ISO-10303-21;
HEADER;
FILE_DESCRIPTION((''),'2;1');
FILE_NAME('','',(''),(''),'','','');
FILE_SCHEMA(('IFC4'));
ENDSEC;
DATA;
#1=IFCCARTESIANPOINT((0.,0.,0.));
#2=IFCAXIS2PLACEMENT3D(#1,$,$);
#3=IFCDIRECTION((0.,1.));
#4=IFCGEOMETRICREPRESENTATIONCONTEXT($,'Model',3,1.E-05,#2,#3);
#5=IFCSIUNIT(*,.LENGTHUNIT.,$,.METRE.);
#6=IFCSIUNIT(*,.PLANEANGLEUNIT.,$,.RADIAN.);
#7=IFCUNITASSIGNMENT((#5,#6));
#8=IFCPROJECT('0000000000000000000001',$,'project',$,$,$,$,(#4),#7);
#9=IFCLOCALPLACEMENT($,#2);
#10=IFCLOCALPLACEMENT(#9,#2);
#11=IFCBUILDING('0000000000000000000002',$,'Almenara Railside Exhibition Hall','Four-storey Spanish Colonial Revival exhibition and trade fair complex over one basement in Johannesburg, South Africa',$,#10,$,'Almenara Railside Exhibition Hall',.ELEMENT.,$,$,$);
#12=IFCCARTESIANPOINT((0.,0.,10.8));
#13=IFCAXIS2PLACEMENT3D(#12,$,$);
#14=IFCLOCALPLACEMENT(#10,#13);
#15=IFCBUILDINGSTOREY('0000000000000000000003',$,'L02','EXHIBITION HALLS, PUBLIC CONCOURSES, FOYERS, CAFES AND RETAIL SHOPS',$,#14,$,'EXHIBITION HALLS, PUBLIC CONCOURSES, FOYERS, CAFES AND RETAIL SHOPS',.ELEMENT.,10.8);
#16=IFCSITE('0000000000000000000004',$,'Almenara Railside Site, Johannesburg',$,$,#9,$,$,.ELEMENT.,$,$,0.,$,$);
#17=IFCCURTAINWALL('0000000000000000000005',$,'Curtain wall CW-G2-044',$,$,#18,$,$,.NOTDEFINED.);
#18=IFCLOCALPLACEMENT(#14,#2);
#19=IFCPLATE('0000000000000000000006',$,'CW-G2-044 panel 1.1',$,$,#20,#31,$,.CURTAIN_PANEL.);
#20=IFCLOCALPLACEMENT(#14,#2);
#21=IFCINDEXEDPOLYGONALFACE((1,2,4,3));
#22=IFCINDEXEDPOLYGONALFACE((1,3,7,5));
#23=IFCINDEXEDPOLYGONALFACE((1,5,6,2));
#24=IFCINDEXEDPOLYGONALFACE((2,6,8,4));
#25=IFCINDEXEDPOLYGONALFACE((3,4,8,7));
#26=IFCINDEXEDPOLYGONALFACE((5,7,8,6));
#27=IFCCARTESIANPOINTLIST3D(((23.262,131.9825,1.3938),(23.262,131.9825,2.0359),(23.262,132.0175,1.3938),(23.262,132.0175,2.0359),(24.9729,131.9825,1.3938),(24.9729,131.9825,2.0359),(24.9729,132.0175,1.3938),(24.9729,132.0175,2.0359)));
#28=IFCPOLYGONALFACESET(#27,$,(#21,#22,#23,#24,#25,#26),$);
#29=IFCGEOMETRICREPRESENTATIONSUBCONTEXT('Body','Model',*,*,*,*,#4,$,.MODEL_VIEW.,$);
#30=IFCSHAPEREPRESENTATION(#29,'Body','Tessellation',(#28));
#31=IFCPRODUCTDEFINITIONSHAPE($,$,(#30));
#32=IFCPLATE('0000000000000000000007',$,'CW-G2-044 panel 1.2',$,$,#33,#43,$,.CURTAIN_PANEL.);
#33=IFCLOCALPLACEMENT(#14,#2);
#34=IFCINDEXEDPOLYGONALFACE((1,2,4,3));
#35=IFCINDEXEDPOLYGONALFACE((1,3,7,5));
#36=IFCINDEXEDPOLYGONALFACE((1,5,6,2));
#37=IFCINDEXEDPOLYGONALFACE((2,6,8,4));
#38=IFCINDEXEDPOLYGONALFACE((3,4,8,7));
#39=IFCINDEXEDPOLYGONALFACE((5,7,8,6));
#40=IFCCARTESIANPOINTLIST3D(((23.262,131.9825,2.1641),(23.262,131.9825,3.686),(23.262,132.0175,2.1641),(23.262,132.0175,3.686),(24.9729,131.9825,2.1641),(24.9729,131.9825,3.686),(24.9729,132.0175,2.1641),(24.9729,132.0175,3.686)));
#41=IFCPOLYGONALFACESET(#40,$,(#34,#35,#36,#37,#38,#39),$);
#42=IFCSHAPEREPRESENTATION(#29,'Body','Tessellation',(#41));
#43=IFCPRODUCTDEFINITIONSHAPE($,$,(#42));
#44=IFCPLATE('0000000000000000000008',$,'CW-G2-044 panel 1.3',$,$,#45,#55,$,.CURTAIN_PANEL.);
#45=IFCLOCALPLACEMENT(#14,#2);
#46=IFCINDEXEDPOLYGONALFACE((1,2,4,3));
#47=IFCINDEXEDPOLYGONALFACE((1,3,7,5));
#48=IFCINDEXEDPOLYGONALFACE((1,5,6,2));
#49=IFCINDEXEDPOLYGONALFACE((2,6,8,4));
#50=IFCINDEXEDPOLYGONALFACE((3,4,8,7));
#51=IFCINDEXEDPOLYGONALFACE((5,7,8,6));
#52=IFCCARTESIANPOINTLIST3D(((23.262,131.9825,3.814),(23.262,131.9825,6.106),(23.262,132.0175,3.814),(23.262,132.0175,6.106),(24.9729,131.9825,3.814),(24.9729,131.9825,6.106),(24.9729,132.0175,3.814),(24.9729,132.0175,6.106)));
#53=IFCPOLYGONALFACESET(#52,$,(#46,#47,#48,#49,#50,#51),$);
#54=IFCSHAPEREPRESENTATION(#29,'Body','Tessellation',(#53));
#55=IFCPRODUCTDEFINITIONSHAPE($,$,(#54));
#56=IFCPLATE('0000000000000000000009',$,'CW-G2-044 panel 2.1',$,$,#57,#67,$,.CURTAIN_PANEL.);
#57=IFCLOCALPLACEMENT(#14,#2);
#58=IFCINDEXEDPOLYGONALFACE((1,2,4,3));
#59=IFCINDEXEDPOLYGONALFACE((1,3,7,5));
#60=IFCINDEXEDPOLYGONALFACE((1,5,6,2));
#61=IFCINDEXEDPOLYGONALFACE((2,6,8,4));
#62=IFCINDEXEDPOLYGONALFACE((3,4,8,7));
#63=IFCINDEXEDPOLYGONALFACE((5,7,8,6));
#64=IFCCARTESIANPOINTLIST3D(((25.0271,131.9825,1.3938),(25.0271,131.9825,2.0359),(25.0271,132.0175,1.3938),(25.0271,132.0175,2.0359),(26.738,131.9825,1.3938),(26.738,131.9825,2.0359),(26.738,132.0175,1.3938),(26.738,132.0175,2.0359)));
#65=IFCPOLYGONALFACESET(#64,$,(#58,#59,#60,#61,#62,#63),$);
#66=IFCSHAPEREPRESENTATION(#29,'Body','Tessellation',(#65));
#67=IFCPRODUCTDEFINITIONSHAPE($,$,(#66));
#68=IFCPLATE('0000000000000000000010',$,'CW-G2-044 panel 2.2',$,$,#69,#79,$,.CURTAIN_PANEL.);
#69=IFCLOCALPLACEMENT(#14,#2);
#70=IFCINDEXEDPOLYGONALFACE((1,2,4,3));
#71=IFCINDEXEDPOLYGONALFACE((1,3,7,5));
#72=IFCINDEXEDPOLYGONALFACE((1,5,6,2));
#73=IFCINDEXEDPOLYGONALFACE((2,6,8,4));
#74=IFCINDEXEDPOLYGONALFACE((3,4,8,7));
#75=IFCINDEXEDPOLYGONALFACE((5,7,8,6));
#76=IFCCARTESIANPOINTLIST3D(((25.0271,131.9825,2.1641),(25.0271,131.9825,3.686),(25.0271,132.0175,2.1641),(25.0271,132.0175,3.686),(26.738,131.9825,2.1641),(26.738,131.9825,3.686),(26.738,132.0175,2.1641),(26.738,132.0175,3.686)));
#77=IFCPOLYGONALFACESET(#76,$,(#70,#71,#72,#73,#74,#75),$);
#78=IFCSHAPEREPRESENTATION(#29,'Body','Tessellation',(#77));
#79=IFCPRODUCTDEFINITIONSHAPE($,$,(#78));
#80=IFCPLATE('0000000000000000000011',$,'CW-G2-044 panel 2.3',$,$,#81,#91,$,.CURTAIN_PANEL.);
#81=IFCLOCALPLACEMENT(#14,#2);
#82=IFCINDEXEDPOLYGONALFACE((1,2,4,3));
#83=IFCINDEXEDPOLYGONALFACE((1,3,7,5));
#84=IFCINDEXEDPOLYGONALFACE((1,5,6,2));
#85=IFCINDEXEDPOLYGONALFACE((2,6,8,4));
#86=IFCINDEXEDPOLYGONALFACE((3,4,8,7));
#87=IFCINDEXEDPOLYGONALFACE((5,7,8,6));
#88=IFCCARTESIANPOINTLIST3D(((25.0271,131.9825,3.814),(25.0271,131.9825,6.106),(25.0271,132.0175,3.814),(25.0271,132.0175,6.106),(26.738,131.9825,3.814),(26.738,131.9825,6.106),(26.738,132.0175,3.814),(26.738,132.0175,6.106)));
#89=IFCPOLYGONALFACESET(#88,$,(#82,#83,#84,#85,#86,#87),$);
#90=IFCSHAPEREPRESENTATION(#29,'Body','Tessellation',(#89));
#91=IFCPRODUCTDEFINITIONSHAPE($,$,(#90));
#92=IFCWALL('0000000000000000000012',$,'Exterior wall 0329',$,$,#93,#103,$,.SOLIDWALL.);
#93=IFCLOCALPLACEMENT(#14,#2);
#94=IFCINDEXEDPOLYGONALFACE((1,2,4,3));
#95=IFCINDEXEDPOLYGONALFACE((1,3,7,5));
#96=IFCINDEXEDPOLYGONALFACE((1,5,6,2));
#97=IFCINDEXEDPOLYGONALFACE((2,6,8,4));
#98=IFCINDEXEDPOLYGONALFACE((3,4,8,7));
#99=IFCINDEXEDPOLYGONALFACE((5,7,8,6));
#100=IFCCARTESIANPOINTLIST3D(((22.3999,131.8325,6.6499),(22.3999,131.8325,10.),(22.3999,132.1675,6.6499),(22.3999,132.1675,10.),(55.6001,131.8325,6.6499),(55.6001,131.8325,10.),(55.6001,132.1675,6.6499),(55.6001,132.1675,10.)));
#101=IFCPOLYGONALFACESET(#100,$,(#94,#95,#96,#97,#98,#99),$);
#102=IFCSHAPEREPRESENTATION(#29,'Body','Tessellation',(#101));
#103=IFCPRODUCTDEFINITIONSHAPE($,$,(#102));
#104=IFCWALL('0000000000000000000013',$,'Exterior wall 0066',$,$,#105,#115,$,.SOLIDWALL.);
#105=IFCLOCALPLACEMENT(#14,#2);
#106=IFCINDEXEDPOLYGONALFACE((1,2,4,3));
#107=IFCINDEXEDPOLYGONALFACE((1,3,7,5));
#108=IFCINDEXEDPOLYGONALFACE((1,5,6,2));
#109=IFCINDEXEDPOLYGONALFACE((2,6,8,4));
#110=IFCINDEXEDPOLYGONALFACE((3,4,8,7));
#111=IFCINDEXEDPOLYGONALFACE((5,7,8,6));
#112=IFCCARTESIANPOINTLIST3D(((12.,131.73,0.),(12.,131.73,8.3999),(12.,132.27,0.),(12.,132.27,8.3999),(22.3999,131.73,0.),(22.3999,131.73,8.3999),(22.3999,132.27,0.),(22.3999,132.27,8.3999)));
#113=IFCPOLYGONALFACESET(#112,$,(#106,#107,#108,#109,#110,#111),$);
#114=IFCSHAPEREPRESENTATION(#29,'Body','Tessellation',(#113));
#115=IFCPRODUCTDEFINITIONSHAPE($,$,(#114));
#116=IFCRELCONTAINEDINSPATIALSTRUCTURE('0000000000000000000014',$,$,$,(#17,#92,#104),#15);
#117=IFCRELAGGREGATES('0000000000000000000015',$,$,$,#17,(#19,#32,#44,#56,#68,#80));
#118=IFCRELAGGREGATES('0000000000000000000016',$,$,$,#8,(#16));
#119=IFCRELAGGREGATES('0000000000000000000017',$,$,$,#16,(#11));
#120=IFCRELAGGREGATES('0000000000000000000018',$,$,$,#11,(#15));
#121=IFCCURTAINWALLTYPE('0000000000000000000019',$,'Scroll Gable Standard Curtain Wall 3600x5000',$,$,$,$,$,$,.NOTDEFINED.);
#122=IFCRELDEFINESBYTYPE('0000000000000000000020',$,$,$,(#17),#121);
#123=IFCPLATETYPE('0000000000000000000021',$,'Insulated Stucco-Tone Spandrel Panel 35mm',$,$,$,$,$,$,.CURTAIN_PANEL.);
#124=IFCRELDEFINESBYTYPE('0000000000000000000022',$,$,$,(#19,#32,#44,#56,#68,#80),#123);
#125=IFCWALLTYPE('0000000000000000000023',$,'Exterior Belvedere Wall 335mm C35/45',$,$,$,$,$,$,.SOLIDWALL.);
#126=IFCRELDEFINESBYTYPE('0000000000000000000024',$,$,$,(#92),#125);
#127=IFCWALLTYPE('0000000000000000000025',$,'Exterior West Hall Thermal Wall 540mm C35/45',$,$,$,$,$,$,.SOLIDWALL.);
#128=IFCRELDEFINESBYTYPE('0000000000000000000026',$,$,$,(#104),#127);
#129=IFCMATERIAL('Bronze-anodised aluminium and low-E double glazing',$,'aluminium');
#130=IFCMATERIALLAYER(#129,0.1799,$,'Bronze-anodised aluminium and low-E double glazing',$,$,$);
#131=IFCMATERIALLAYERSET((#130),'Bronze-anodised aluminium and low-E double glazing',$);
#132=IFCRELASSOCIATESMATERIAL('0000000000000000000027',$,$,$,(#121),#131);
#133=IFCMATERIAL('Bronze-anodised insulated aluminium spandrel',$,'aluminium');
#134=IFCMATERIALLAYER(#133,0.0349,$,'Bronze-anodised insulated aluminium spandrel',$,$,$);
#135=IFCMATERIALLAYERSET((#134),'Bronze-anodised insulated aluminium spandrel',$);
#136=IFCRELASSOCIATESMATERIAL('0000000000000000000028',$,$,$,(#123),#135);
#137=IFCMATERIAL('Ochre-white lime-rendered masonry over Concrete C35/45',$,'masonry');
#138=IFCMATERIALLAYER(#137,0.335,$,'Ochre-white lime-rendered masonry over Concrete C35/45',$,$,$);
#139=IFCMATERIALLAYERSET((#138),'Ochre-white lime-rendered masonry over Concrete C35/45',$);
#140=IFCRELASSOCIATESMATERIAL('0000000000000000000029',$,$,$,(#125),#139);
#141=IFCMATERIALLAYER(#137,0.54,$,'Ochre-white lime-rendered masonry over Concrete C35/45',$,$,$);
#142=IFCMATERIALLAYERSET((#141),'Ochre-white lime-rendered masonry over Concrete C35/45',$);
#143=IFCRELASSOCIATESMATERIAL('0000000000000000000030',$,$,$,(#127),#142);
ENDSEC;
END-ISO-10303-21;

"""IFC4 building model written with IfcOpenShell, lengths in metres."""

from ifc_helpers import new_model, si_unit, direction, frame, frame_2d, origin, origin_2d, place, context, subcontext, project, spatial, rectangle, extrude, material, layer, layer_set, type_object, element, aggregate, save


model = new_model("IFC4")

# Units and contexts
model_context = context("Model", 3, precision=1e-05, world=origin(), true_north=direction((0.0, 1.0)))
body_context = subcontext(model_context, "Body", "Model", "MODEL_VIEW")
ifc_project = project(units=[si_unit("LENGTHUNIT", "METRE"), si_unit("PLANEANGLEUNIT", "RADIAN")], contexts=[model_context])

# Site, building, storey
site_placement = place(None, origin())
site = spatial("IfcSite", under=ifc_project, at=site_placement, Name="Almenara Railside Site, Johannesburg", CompositionType="ELEMENT", RefElevation=0.0)
building_placement = place(site_placement, origin())
building = spatial("IfcBuilding", under=site, at=building_placement, Name="Almenara Railside Exhibition Hall", Description="Four-storey Spanish Colonial Revival exhibition and trade fair complex over one basement in Johannesburg, South Africa", LongName="Almenara Railside Exhibition Hall", CompositionType="ELEMENT")
storey_placement = place(building_placement, frame((0.0, 0.0, 10.8)))
storey = spatial("IfcBuildingStorey", under=building, at=storey_placement, Name="L02", Description="EXHIBITION HALLS, PUBLIC CONCOURSES, FOYERS, CAFES AND RETAIL SHOPS", LongName="EXHIBITION HALLS, PUBLIC CONCOURSES, FOYERS, CAFES AND RETAIL SHOPS", CompositionType="ELEMENT", Elevation=10.8)

# Curtain wall
ifc_material_1 = material(Name="Bronze-anodised aluminium and low-E double glazing", Category="aluminium")
ifc_layer_1 = layer(ifc_material_1, 0.1799, Name="Bronze-anodised aluminium and low-E double glazing")
ifc_layer_set_1 = layer_set([ifc_layer_1], Name="Bronze-anodised aluminium and low-E double glazing")
curtain_wall_type = type_object("IfcCurtainWallType", Name="Scroll Gable Standard Curtain Wall 3600x5000", PredefinedType="NOTDEFINED", material=ifc_layer_set_1)
curtain_wall_placement = place(storey_placement, origin())
curtain_wall = element("IfcCurtainWall", 1, at=curtain_wall_placement, inside=storey, type_object=curtain_wall_type, Name="Curtain wall CW-G2-044", PredefinedType="NOTDEFINED")

# Plates
ifc_material_2 = material(Name="Bronze-anodised insulated aluminium spandrel", Category="aluminium")
ifc_layer_2 = layer(ifc_material_2, 0.0349, Name="Bronze-anodised insulated aluminium spandrel")
ifc_layer_set_2 = layer_set([ifc_layer_2], Name="Bronze-anodised insulated aluminium spandrel")
plate_type = type_object("IfcPlateType", Name="Insulated Stucco-Tone Spandrel Panel 35mm", PredefinedType="CURTAIN_PANEL", material=ifc_layer_set_2)
plate_1_placement = place(storey_placement, frame((24.1174, 132.0, 1.3938), z_axis=(0.0, 0.0, 1.0), x_axis=(1.0, 0.0, 0.0)))
plate_1 = element("IfcPlate", 2, at=plate_1_placement, type_object=plate_type, Name="CW-G2-044 panel 1.1", PredefinedType="CURTAIN_PANEL", context=body_context, shape_type="SweptSolid", body=[
    extrude(rectangle(XDim=1.7109, YDim=0.0349, at=origin_2d()), origin(), (0.0, 0.0, 1.0), 0.6421),
])
plate_2_placement = place(storey_placement, frame((24.1174, 132.0, 2.1641), z_axis=(0.0, 0.0, 1.0), x_axis=(1.0, 0.0, 0.0)))
plate_2 = element("IfcPlate", 3, at=plate_2_placement, type_object=plate_type, Name="CW-G2-044 panel 1.2", PredefinedType="CURTAIN_PANEL", context=body_context, shape_type="SweptSolid", body=[
    extrude(rectangle(XDim=1.7109, YDim=0.0349, at=origin_2d()), origin(), (0.0, 0.0, 1.0), 1.522),
])
plate_3_placement = place(storey_placement, frame((24.1174, 132.0, 3.814), z_axis=(0.0, 0.0, 1.0), x_axis=(1.0, 0.0, 0.0)))
plate_3 = element("IfcPlate", 4, at=plate_3_placement, type_object=plate_type, Name="CW-G2-044 panel 1.3", PredefinedType="CURTAIN_PANEL", context=body_context, shape_type="SweptSolid", body=[
    extrude(rectangle(XDim=1.7109, YDim=0.0349, at=origin_2d()), origin(), (0.0, 0.0, 1.0), 2.292),
])
plate_4_placement = place(storey_placement, frame((25.8826, 132.0, 1.3938), z_axis=(0.0, 0.0, 1.0), x_axis=(1.0, 0.0, 0.0)))
plate_4 = element("IfcPlate", 5, at=plate_4_placement, type_object=plate_type, Name="CW-G2-044 panel 2.1", PredefinedType="CURTAIN_PANEL", context=body_context, shape_type="SweptSolid", body=[
    extrude(rectangle(XDim=1.7109, YDim=0.0349, at=origin_2d()), origin(), (0.0, 0.0, 1.0), 0.6421),
])
plate_5_placement = place(storey_placement, frame((25.8826, 132.0, 2.1641), z_axis=(0.0, 0.0, 1.0), x_axis=(1.0, 0.0, 0.0)))
plate_5 = element("IfcPlate", 6, at=plate_5_placement, type_object=plate_type, Name="CW-G2-044 panel 2.2", PredefinedType="CURTAIN_PANEL", context=body_context, shape_type="SweptSolid", body=[
    extrude(rectangle(XDim=1.7109, YDim=0.0349, at=origin_2d()), origin(), (0.0, 0.0, 1.0), 1.522),
])
plate_6_placement = place(storey_placement, frame((25.8826, 132.0, 3.814), z_axis=(0.0, 0.0, 1.0), x_axis=(1.0, 0.0, 0.0)))
plate_6 = element("IfcPlate", 7, at=plate_6_placement, type_object=plate_type, Name="CW-G2-044 panel 2.3", PredefinedType="CURTAIN_PANEL", context=body_context, shape_type="SweptSolid", body=[
    extrude(rectangle(XDim=1.7109, YDim=0.0349, at=origin_2d()), origin(), (0.0, 0.0, 1.0), 2.292),
])
aggregate(curtain_wall, [plate_1, plate_2, plate_3, plate_4, plate_5, plate_6])

# Walls
ifc_material_3 = material(Name="Ochre-white lime-rendered masonry over Concrete C35/45", Category="masonry")
ifc_layer_3 = layer(ifc_material_3, 0.335, Name="Ochre-white lime-rendered masonry over Concrete C35/45")
ifc_layer_set_3 = layer_set([ifc_layer_3], Name="Ochre-white lime-rendered masonry over Concrete C35/45")
wall_type_1 = type_object("IfcWallType", Name="Exterior Belvedere Wall 335mm C35/45", PredefinedType="SOLIDWALL", material=ifc_layer_set_3)
wall_1_placement = place(storey_placement, frame((22.3999, 132.0, 6.6499), z_axis=(0.0, 0.0, 1.0), x_axis=(1.0, 0.0, 0.0)))
element("IfcWall", 8, at=wall_1_placement, inside=storey, type_object=wall_type_1, Name="Exterior wall 0329", PredefinedType="SOLIDWALL", context=body_context, shape_type="SweptSolid", body=[
    extrude(rectangle(XDim=33.2002, YDim=0.335, at=frame_2d((16.6001, 0.0))), origin(), (0.0, 0.0, 1.0), 3.3501),
])
ifc_layer_4 = layer(ifc_material_3, 0.54, Name="Ochre-white lime-rendered masonry over Concrete C35/45")
ifc_layer_set_4 = layer_set([ifc_layer_4], Name="Ochre-white lime-rendered masonry over Concrete C35/45")
wall_type_2 = type_object("IfcWallType", Name="Exterior West Hall Thermal Wall 540mm C35/45", PredefinedType="SOLIDWALL", material=ifc_layer_set_4)
wall_2_placement = place(storey_placement, frame((22.3999, 132.0, 0.0), z_axis=(0.0, 0.0, 1.0), x_axis=(-1.0, 0.0, 0.0)))
element("IfcWall", 9, at=wall_2_placement, inside=storey, type_object=wall_type_2, Name="Exterior wall 0066", PredefinedType="SOLIDWALL", context=body_context, shape_type="SweptSolid", body=[
    extrude(rectangle(XDim=10.3999, YDim=0.54, at=frame_2d((5.2, 0.0))), origin(), (0.0, 0.0, 1.0), 8.3999),
])

save(model, "model.ifc")
